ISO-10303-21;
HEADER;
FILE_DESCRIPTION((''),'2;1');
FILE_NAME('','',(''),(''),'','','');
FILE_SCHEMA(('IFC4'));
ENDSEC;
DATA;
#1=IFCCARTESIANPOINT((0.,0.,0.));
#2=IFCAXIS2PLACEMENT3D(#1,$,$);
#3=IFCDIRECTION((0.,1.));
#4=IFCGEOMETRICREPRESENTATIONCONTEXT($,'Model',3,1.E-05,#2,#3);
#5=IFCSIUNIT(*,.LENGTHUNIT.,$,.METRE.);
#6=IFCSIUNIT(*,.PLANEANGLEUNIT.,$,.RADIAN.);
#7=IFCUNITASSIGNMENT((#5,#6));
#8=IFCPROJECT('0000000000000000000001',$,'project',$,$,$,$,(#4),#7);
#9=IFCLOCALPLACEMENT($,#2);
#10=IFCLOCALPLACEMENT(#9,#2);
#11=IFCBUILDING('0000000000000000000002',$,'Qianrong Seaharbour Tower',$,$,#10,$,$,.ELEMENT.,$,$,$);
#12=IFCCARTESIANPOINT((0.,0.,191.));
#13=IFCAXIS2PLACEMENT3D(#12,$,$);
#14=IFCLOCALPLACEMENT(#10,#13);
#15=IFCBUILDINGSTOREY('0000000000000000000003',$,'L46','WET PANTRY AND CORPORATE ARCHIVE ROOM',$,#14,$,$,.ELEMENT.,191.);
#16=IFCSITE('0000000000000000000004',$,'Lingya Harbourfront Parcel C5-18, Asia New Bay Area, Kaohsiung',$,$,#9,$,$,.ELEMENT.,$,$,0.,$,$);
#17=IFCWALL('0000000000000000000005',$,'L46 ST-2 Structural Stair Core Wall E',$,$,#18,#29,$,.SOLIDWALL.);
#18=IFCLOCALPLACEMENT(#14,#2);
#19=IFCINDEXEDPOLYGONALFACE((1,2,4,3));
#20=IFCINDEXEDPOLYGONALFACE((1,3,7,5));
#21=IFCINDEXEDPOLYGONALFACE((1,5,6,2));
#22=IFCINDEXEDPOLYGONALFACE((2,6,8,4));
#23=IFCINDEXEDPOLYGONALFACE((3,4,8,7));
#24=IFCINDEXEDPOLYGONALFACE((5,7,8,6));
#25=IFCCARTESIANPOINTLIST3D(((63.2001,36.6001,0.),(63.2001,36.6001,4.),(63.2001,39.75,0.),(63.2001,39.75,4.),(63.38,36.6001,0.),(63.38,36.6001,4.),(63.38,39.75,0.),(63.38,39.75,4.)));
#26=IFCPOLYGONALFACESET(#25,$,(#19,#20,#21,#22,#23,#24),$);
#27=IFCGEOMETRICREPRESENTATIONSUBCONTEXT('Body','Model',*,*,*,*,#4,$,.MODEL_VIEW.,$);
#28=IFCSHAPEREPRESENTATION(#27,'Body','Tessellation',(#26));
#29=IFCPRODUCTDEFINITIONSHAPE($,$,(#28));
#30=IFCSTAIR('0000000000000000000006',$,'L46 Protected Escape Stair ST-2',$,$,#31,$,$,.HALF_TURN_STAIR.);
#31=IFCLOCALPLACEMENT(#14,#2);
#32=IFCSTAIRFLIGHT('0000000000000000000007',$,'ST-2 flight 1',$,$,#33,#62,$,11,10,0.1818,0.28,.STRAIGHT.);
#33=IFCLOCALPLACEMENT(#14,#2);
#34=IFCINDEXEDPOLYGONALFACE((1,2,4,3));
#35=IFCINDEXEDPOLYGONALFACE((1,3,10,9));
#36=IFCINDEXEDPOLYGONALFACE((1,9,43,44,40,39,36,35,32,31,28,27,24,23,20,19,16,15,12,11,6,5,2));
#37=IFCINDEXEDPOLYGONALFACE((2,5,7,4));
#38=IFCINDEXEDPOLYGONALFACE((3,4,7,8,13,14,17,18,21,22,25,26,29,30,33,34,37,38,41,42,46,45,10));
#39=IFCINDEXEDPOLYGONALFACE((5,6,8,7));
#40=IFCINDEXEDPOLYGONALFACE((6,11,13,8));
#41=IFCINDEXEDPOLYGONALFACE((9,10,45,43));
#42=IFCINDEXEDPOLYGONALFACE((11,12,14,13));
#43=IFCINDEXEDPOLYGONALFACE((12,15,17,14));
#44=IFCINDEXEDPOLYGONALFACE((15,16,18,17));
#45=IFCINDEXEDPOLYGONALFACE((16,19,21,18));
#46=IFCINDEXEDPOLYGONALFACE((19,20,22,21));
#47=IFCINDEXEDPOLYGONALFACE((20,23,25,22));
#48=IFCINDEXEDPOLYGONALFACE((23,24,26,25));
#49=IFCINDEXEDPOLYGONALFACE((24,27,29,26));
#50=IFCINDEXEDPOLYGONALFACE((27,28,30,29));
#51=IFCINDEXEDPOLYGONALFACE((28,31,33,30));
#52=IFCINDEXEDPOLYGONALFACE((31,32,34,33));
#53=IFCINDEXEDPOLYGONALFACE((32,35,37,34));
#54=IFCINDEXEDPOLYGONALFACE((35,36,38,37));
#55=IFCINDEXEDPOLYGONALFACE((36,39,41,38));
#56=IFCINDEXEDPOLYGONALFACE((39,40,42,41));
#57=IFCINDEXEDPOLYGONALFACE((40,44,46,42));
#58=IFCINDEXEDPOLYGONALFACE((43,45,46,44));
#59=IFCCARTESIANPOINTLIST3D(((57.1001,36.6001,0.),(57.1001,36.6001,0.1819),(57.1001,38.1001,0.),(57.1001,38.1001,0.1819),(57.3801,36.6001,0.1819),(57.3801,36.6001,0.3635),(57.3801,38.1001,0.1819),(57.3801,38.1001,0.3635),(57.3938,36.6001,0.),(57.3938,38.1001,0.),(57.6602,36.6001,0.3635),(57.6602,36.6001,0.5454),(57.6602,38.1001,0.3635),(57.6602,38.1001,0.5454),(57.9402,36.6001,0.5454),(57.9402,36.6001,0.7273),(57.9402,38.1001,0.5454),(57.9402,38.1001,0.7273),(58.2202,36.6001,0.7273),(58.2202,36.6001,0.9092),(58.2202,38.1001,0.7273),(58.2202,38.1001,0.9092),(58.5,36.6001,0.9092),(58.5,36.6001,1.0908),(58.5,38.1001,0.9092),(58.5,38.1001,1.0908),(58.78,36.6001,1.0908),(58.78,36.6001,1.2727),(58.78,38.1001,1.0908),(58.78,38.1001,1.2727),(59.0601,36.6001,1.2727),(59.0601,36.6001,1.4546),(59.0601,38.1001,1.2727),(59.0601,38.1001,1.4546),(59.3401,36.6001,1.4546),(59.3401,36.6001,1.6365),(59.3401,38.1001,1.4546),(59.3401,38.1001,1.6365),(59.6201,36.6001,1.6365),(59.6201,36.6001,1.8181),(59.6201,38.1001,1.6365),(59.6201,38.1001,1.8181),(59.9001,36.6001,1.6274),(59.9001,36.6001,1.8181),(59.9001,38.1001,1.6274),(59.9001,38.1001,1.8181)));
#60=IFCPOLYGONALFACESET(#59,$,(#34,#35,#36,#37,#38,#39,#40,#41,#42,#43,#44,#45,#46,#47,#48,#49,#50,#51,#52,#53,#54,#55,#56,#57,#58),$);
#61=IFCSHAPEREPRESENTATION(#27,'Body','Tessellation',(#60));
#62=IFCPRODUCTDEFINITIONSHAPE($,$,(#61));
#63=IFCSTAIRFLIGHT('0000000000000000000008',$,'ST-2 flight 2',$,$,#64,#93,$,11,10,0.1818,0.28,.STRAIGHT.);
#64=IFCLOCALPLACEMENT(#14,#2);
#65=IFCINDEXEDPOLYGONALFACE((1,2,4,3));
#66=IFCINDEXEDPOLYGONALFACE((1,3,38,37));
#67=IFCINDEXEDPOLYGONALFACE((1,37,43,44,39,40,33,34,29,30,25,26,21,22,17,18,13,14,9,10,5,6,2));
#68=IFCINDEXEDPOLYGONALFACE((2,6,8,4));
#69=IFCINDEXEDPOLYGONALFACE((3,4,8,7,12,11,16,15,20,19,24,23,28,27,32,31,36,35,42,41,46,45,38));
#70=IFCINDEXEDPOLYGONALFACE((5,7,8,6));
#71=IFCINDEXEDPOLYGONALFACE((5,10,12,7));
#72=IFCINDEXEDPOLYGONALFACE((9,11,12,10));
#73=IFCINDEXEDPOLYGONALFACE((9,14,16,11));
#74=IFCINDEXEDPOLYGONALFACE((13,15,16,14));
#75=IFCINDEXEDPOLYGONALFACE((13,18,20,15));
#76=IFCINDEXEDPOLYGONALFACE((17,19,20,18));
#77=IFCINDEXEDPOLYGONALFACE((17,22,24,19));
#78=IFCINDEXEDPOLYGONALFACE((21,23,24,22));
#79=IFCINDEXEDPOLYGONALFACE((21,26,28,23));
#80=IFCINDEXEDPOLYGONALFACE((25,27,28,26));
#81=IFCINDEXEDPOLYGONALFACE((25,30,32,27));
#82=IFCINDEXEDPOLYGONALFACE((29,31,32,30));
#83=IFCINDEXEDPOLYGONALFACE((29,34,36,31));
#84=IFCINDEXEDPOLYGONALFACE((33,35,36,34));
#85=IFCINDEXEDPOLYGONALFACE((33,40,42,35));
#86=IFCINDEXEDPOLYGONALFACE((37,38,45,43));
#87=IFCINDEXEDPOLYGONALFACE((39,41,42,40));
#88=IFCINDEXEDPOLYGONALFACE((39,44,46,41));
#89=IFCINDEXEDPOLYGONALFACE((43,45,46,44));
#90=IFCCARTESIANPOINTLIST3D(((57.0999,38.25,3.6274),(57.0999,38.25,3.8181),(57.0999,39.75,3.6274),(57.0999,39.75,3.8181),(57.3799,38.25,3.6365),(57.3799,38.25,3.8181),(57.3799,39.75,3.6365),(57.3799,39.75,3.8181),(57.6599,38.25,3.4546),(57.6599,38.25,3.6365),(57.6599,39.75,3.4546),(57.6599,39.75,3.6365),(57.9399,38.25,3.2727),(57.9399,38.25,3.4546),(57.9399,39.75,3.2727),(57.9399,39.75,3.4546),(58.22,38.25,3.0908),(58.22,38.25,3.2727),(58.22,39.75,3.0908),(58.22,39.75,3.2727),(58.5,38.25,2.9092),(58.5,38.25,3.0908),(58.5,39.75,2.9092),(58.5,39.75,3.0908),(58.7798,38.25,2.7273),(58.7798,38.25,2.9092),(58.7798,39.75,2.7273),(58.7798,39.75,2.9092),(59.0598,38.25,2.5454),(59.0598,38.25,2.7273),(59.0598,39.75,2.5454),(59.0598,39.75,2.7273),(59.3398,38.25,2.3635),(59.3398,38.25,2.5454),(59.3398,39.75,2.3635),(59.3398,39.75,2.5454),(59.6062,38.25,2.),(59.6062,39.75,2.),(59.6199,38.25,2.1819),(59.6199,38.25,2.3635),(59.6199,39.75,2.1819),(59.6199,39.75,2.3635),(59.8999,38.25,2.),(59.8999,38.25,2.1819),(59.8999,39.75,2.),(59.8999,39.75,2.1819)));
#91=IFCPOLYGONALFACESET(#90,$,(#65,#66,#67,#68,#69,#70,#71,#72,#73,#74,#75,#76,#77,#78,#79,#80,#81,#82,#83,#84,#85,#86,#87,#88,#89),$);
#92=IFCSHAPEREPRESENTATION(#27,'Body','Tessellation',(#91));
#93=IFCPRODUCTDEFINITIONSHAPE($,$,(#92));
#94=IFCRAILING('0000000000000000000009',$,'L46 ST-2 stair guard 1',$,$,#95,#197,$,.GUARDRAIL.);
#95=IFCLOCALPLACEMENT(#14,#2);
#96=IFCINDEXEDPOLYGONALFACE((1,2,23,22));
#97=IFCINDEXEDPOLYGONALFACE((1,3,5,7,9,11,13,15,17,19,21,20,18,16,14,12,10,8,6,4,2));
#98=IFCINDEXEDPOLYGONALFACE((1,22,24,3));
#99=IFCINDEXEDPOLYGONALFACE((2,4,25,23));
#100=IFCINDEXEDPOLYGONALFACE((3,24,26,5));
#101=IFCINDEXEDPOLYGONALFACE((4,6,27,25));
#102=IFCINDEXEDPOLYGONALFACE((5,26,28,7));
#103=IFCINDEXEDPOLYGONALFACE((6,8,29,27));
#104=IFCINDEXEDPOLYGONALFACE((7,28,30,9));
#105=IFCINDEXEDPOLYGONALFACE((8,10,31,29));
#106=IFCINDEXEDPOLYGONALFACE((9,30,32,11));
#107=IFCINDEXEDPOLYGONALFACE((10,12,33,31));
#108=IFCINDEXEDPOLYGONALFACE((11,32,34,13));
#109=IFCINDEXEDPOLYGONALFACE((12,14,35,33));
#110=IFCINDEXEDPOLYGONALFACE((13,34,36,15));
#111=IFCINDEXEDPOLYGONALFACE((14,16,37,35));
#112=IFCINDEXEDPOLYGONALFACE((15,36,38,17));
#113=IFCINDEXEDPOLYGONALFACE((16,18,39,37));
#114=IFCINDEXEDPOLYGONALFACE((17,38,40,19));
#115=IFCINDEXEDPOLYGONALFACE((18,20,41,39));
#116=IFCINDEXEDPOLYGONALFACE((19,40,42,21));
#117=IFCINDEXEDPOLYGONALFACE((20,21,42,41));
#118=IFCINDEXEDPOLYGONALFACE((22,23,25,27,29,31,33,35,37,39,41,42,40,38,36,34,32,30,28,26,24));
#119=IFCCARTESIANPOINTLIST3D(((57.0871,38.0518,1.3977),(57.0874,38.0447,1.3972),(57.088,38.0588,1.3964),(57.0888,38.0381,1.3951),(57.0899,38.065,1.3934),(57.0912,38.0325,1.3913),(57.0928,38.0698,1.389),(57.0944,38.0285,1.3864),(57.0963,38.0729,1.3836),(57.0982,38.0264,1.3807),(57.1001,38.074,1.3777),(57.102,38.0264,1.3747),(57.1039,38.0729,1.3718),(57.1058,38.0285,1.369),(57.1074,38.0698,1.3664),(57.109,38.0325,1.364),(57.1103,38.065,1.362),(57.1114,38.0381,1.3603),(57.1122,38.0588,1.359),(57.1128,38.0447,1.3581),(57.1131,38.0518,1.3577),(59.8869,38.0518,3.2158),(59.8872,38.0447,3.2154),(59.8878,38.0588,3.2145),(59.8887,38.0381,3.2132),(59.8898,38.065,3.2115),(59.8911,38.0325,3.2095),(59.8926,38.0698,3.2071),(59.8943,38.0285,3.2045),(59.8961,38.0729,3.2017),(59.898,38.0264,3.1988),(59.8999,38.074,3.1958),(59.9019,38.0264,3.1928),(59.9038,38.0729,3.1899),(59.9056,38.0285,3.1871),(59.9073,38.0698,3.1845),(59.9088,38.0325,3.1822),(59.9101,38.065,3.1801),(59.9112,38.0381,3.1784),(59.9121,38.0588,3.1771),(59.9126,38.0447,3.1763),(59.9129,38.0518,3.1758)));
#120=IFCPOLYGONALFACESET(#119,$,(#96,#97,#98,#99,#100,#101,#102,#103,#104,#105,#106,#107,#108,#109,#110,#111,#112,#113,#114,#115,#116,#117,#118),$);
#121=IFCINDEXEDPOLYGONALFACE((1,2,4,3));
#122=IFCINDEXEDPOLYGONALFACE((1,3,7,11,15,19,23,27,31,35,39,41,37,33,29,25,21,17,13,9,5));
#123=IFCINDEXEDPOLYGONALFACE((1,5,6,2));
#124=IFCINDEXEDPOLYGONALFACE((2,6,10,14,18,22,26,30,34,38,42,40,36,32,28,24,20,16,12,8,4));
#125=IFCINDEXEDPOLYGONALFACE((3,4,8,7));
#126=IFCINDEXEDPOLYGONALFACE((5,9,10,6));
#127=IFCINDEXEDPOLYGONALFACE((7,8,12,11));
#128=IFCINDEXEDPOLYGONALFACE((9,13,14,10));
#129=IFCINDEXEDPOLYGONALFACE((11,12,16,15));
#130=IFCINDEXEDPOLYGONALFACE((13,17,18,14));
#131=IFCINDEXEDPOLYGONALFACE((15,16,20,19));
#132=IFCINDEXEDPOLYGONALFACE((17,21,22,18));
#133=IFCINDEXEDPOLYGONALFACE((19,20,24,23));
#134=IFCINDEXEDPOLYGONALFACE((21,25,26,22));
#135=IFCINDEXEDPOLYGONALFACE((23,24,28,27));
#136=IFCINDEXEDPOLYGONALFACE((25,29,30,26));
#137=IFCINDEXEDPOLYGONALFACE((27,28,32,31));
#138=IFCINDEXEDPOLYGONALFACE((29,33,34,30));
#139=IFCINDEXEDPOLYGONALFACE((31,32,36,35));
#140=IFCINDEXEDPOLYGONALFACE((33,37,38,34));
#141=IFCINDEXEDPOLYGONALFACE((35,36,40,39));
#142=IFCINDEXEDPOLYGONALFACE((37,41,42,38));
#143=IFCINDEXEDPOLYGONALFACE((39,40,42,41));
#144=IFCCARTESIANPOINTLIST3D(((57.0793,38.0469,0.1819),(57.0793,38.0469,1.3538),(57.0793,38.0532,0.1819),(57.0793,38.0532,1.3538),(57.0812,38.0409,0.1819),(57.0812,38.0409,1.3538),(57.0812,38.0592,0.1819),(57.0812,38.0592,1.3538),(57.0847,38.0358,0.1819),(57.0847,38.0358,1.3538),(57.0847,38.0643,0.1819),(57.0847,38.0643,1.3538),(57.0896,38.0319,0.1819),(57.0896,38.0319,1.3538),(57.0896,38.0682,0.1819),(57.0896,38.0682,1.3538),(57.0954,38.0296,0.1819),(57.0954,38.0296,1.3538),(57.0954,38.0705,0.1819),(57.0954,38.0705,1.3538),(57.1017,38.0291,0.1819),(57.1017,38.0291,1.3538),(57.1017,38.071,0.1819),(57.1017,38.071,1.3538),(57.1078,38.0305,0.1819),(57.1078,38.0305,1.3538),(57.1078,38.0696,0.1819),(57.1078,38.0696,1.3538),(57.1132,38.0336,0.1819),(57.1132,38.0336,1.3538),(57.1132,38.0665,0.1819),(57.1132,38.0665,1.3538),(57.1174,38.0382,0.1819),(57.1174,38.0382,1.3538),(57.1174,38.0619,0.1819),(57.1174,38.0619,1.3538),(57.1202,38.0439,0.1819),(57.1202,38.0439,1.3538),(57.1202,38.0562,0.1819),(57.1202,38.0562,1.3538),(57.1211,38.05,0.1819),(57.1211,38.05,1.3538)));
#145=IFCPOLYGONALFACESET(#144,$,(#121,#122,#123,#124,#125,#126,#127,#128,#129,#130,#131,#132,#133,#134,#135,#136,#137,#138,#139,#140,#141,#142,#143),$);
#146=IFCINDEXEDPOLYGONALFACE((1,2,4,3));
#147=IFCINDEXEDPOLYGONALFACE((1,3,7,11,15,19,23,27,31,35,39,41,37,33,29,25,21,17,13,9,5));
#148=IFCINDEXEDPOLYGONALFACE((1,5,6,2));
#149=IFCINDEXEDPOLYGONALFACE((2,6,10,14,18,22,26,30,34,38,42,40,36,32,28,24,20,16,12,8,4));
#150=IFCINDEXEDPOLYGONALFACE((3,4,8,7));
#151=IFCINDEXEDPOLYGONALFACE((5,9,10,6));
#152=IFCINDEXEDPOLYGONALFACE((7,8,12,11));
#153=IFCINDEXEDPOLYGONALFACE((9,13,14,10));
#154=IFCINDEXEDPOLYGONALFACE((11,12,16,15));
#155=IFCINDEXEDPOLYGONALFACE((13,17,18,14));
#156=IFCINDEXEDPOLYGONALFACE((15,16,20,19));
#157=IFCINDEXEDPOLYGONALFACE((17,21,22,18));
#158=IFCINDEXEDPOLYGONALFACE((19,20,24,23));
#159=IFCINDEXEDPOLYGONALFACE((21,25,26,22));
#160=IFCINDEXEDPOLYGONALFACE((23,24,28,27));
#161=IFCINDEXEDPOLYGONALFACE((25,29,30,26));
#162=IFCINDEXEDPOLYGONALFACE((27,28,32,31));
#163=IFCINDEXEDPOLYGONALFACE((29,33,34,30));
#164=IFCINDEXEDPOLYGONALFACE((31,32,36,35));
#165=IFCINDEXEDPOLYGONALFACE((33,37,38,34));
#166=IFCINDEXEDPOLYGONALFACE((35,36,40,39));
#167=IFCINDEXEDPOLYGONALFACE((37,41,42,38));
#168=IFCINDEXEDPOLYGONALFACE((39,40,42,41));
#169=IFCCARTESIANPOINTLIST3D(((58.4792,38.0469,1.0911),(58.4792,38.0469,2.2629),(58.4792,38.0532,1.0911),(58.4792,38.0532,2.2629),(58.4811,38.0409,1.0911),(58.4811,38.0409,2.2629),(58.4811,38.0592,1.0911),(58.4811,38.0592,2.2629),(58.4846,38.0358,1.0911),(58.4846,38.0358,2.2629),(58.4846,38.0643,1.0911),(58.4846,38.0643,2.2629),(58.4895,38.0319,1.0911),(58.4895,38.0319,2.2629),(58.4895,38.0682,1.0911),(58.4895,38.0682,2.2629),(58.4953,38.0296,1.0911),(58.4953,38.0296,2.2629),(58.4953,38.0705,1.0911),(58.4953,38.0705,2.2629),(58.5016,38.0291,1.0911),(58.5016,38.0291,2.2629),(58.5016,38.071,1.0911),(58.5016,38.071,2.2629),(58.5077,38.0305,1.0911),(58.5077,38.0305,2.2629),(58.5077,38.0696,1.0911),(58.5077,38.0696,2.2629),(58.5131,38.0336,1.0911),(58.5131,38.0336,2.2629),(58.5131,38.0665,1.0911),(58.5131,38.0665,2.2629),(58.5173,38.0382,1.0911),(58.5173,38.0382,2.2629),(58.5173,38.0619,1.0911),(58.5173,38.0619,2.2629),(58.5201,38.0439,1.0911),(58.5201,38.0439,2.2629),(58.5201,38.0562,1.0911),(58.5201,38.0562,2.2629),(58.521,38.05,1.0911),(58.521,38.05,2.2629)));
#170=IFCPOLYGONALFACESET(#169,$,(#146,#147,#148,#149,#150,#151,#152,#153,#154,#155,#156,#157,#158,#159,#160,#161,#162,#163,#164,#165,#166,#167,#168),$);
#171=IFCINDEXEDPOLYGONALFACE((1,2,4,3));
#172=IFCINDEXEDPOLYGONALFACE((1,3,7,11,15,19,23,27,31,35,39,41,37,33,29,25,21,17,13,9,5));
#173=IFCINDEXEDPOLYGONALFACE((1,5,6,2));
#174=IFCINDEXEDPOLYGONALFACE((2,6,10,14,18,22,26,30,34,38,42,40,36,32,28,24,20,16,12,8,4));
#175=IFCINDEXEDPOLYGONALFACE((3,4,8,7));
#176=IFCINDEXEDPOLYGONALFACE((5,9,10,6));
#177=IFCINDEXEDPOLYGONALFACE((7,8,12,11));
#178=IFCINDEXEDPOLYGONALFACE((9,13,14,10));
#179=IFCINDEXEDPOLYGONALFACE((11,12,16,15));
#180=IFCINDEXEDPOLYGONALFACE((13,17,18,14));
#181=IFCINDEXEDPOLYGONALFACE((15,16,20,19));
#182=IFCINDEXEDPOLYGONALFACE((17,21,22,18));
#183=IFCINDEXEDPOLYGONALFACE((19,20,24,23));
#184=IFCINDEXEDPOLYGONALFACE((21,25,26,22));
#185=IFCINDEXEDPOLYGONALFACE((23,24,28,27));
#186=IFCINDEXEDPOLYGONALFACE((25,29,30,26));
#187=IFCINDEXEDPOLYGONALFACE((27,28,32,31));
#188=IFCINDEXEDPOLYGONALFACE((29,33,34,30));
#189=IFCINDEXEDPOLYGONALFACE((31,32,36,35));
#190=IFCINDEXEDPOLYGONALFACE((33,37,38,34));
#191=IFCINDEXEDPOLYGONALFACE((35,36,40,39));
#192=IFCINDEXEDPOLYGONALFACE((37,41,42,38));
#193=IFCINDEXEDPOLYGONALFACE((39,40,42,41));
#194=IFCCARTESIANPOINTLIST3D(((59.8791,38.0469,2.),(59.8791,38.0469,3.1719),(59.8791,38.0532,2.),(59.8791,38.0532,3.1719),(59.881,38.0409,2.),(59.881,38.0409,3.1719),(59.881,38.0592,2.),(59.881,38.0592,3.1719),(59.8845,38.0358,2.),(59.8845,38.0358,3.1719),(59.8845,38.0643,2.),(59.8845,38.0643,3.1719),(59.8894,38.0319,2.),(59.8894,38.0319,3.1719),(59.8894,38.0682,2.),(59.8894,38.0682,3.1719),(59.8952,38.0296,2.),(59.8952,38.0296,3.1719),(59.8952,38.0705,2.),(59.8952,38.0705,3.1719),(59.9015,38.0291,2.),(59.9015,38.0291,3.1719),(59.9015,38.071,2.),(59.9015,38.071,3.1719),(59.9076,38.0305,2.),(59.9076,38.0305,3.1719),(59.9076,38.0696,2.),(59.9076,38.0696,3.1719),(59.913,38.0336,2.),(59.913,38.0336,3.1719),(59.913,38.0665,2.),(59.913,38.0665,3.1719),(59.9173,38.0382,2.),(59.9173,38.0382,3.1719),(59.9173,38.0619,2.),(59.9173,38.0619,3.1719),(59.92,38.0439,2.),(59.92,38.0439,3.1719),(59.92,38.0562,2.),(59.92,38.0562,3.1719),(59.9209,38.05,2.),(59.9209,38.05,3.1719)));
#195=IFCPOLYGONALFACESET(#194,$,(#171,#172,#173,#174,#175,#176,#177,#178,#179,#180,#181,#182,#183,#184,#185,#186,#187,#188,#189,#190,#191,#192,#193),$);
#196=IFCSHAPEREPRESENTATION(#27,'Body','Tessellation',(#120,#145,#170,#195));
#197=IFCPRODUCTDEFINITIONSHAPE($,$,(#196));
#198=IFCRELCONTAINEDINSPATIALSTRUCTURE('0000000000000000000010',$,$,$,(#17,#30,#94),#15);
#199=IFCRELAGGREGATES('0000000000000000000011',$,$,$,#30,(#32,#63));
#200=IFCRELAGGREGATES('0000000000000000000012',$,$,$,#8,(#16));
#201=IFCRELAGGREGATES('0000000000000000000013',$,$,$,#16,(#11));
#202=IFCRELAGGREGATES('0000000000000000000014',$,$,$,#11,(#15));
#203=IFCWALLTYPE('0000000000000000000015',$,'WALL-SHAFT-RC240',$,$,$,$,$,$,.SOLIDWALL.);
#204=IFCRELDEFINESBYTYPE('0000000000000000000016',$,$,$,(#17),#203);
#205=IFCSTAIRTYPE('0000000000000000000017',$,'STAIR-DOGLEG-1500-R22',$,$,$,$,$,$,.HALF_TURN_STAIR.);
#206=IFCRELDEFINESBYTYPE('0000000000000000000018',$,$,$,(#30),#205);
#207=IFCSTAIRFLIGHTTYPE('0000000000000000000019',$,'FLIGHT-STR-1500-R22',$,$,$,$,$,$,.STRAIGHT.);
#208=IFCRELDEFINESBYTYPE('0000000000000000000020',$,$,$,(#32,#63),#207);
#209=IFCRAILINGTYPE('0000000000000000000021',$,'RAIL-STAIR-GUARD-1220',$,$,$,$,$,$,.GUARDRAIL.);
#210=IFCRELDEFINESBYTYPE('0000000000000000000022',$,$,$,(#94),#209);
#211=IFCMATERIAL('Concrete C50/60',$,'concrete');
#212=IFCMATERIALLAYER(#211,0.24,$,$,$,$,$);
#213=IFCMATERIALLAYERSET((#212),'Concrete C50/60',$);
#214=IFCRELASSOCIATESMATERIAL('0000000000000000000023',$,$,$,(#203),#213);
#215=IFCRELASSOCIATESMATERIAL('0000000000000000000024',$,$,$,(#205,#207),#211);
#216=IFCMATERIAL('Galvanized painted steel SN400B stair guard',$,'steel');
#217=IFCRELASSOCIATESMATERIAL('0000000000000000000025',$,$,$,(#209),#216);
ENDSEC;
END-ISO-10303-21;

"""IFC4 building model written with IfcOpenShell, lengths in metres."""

from ifc_helpers import new_model, si_unit, direction, frame, frame_2d, origin, origin_2d, place, context, subcontext, project, spatial, polyline, rectangle, circle, outline, extrude, material, layer, layer_set, type_object, element, aggregate, save


model = new_model("IFC4")

# Units and contexts
model_context = context("Model", 3, precision=1e-05, world=origin(), true_north=direction((0.0, 1.0)))
body_context = subcontext(model_context, "Body", "Model", "MODEL_VIEW")
ifc_project = project(units=[si_unit("LENGTHUNIT", "METRE"), si_unit("PLANEANGLEUNIT", "RADIAN")], contexts=[model_context])

# Site, building, storey
site_placement = place(None, origin())
site = spatial("IfcSite", under=ifc_project, at=site_placement, Name="Lingya Harbourfront Parcel C5-18, Asia New Bay Area, Kaohsiung", CompositionType="ELEMENT", RefElevation=0.0)
building_placement = place(site_placement, origin())
building = spatial("IfcBuilding", under=site, at=building_placement, Name="Qianrong Seaharbour Tower", CompositionType="ELEMENT")
storey_placement = place(building_placement, frame((0.0, 0.0, 191.0)))
storey = spatial("IfcBuildingStorey", under=building, at=storey_placement, Name="L46", Description="WET PANTRY AND CORPORATE ARCHIVE ROOM", CompositionType="ELEMENT", Elevation=191.0)

# Shared definitions
ifc_material_1 = material(Name="Concrete C50/60", Category="concrete")
ifc_layer_1 = layer(ifc_material_1, 0.24)
ifc_layer_set_1 = layer_set([ifc_layer_1], Name="Concrete C50/60")
wall_type_1 = type_object("IfcWallType", Name="WALL-SHAFT-RC240", PredefinedType="SOLIDWALL", material=ifc_layer_set_1)

# Wall
wall_1_placement = place(storey_placement, frame((63.29, 36.6001, 0.0), z_axis=(0.0, 0.0, 1.0), x_axis=(0.0, 1.0, 0.0)))
element("IfcWall", 1, at=wall_1_placement, inside=storey, type_object=wall_type_1, Name="L46 ST-2 Structural Stair Core Wall E", PredefinedType="SOLIDWALL", context=body_context, shape_type="SweptSolid", body=[
    extrude(rectangle(XDim=3.1499, YDim=0.1799, at=frame_2d((1.575, 0.0))), origin(), (0.0, 0.0, 1.0), 4.0),
])

# Stair, stair flights
stair_type = type_object("IfcStairType", Name="STAIR-DOGLEG-1500-R22", PredefinedType="HALF_TURN_STAIR", material=ifc_material_1)
stair_placement = place(storey_placement, origin())
stair = element("IfcStair", 2, at=stair_placement, inside=storey, type_object=stair_type, Name="L46 Protected Escape Stair ST-2", PredefinedType="HALF_TURN_STAIR")
stair_flight_type = type_object("IfcStairFlightType", Name="FLIGHT-STR-1500-R22", PredefinedType="STRAIGHT", material=ifc_material_1)
stair_flight_1_placement = place(storey_placement, frame((57.1001, 37.3501, 0.0), z_axis=(0.0, 0.0, 1.0), x_axis=(1.0, 0.0, 0.0)))
stair_flight_1 = element("IfcStairFlight", 3, at=stair_flight_1_placement, type_object=stair_flight_type, Name="ST-2 flight 1", NumberOfRisers=11, NumberOfTreads=10, PredefinedType="STRAIGHT", RiserHeight=0.1818, TreadLength=0.28, context=body_context, shape_type="SweptSolid", body=[
    extrude(outline(polyline([(0.0, 0.0), (0.0, 0.1819), (0.28, 0.1819), (0.28, 0.3635), (0.5601, 0.3635), (0.5601, 0.5454), (0.8401, 0.5454), (0.8401, 0.7273), (1.1201, 0.7273), (1.1201, 0.9092), (1.3999, 0.9092), (1.3999, 1.0908), (1.6799, 1.0908), (1.6799, 1.2727), (1.96, 1.2727), (1.96, 1.4546), (2.24, 1.4546), (2.24, 1.6365), (2.52, 1.6365), (2.52, 1.8181), (2.8, 1.8181), (2.8, 2.0), (2.8, 1.6274), (0.2937, 0.0), (0.0, 0.0)])), frame((0.0, 0.75, 0.0), z_axis=(0.0, -1.0, 0.0), x_axis=(1.0, 0.0, 0.0)), (0.0, 0.0, 1.0), 1.5),
])
stair_flight_2_placement = place(storey_placement, frame((59.8999, 39.0, 2.0), z_axis=(0.0, 0.0, 1.0), x_axis=(-1.0, 0.0, 0.0)))
stair_flight_2 = element("IfcStairFlight", 4, at=stair_flight_2_placement, type_object=stair_flight_type, Name="ST-2 flight 2", NumberOfRisers=11, NumberOfTreads=10, PredefinedType="STRAIGHT", RiserHeight=0.1818, TreadLength=0.28, context=body_context, shape_type="SweptSolid", body=[
    extrude(outline(polyline([(0.0, 0.0), (0.0, 0.1819), (0.28, 0.1819), (0.28, 0.3635), (0.5601, 0.3635), (0.5601, 0.5454), (0.8401, 0.5454), (0.8401, 0.7273), (1.1201, 0.7273), (1.1201, 0.9092), (1.3999, 0.9092), (1.3999, 1.0908), (1.6799, 1.0908), (1.6799, 1.2727), (1.96, 1.2727), (1.96, 1.4546), (2.24, 1.4546), (2.24, 1.6365), (2.52, 1.6365), (2.52, 1.8181), (2.8, 1.8181), (2.8, 2.0), (2.8, 1.6274), (0.2937, 0.0), (0.0, 0.0)])), frame((0.0, 0.75, 0.0), z_axis=(0.0, -1.0, 0.0), x_axis=(1.0, 0.0, 0.0)), (0.0, 0.0, 1.0), 1.5),
])
aggregate(stair, [stair_flight_1, stair_flight_2])

# Railing
ifc_material_2 = material(Name="Galvanized painted steel SN400B stair guard", Category="steel")
railing_type_1 = type_object("IfcRailingType", Name="RAIL-STAIR-GUARD-1220", PredefinedType="GUARDRAIL", material=ifc_material_2)
railing_1_placement = place(storey_placement, frame((57.1001, 38.05, 0.1819)))
element("IfcRailing", 5, at=railing_1_placement, inside=storey, type_object=railing_type_1, Name="L46 ST-2 stair guard 1", PredefinedType="GUARDRAIL", context=body_context, shape_type="SweptSolid", body=[
    extrude(circle(Radius=0.0239, at=origin_2d()), frame((0.0, 0.0, 1.1958), z_axis=(0.838684, 0.0, 0.544618), x_axis=(0.0, 1.0, 0.0)), (0.0, 0.0, 1.0), 3.3384),
    extrude(circle(Radius=0.021, at=origin_2d()), origin(), (0.0, 0.0, 1.0), 1.1719),
    extrude(circle(Radius=0.021, at=origin_2d()), frame((1.3999, 0.0, 0.9092)), (0.0, 0.0, 1.0), 1.1719),
    extrude(circle(Radius=0.021, at=origin_2d()), frame((2.7998, 0.0, 1.8181)), (0.0, 0.0, 1.0), 1.1719),
])

save(model, "model.ifc")
